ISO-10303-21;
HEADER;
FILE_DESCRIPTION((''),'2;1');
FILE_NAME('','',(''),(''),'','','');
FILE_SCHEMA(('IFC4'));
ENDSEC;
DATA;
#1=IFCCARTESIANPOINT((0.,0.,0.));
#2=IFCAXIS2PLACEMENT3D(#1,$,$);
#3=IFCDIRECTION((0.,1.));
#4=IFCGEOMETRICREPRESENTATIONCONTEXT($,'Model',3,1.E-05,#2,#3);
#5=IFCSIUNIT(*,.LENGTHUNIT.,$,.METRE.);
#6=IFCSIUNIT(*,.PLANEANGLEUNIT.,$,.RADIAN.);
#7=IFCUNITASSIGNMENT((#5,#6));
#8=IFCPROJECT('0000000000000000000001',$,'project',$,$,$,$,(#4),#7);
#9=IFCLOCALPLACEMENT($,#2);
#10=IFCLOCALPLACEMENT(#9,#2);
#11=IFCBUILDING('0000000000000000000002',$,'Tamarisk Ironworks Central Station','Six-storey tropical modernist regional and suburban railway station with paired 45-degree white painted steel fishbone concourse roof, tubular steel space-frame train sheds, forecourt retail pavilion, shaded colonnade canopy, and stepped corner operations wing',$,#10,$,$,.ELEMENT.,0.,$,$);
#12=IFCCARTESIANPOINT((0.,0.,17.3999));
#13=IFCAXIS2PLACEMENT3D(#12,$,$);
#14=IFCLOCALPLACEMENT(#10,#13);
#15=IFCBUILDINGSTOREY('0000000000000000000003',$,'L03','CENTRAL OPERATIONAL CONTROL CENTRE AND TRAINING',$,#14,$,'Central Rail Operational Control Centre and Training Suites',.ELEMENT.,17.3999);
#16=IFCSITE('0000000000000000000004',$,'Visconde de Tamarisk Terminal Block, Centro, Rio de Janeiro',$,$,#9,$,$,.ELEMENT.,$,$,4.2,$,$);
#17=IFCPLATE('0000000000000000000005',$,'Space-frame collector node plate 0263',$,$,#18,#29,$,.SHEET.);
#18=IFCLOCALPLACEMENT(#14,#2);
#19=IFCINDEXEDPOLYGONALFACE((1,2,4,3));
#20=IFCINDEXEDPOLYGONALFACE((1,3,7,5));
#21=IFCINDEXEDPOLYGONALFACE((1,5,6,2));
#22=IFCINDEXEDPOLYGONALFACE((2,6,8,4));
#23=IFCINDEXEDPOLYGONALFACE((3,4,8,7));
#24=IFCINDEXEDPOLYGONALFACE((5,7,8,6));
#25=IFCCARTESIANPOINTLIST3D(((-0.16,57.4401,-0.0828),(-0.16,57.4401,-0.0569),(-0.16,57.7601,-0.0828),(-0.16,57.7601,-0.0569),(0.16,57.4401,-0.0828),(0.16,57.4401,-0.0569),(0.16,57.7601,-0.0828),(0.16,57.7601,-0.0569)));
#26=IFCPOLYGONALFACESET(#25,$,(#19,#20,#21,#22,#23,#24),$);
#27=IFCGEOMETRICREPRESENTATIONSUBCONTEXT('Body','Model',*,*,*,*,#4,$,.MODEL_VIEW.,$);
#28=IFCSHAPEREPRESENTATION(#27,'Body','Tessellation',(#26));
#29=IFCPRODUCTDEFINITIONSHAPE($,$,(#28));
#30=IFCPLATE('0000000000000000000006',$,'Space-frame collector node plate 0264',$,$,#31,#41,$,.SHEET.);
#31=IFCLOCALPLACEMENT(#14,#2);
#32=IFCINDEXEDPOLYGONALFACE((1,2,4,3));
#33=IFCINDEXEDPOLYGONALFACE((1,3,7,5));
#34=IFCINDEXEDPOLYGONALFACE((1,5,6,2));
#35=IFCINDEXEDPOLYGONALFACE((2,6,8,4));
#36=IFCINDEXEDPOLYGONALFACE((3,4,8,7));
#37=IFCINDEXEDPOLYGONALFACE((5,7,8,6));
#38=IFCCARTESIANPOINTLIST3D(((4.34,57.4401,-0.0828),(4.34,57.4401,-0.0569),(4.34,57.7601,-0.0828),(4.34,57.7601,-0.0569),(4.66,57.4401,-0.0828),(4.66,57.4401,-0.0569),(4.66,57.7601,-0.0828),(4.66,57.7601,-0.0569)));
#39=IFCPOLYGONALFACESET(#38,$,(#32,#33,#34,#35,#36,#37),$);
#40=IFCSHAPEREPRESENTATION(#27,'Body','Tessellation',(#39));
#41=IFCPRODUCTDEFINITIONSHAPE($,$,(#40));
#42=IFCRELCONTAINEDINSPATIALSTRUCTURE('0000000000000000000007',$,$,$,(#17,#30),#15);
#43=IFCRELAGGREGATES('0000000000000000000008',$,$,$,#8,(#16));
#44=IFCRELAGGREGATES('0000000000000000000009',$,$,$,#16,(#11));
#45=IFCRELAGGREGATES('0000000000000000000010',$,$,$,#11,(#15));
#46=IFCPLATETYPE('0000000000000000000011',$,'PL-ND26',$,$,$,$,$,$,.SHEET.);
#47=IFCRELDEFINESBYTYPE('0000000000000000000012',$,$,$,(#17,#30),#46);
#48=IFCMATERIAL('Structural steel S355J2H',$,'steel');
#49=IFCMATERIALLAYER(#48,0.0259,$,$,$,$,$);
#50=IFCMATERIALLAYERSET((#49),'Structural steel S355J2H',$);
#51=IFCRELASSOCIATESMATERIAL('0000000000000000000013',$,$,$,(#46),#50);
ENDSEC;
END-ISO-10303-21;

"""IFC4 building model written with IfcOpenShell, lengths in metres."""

from ifc_helpers import new_model, si_unit, direction, frame, origin, origin_2d, place, context, subcontext, project, spatial, rectangle, extrude, material, layer, layer_set, type_object, element, save


model = new_model("IFC4")

# Units and contexts
model_context = context("Model", 3, precision=1e-05, world=origin(), true_north=direction((0.0, 1.0)))
body_context = subcontext(model_context, "Body", "Model", "MODEL_VIEW")
ifc_project = project(units=[si_unit("LENGTHUNIT", "METRE"), si_unit("PLANEANGLEUNIT", "RADIAN")], contexts=[model_context])

# Site, building, storey
site_placement = place(None, origin())
site = spatial("IfcSite", under=ifc_project, at=site_placement, Name="Visconde de Tamarisk Terminal Block, Centro, Rio de Janeiro", CompositionType="ELEMENT", RefElevation=4.2)
building_placement = place(site_placement, origin())
building = spatial("IfcBuilding", under=site, at=building_placement, Name="Tamarisk Ironworks Central Station", Description="Six-storey tropical modernist regional and suburban railway station with paired 45-degree white painted steel fishbone concourse roof, tubular steel space-frame train sheds, forecourt retail pavilion, shaded colonnade canopy, and stepped corner operations wing", CompositionType="ELEMENT", ElevationOfRefHeight=0.0)
storey_placement = place(building_placement, frame((0.0, 0.0, 17.3999)))
storey = spatial("IfcBuildingStorey", under=building, at=storey_placement, Name="L03", Description="CENTRAL OPERATIONAL CONTROL CENTRE AND TRAINING", LongName="Central Rail Operational Control Centre and Training Suites", CompositionType="ELEMENT", Elevation=17.3999)

# Shared definitions
ifc_material_1 = material(Name="Structural steel S355J2H", Category="steel")

# Plates
ifc_layer = layer(ifc_material_1, 0.0259)
ifc_layer_set = layer_set([ifc_layer], Name="Structural steel S355J2H")
plate_type = type_object("IfcPlateType", Name="PL-ND26", PredefinedType="SHEET", material=ifc_layer_set)
for number, where, z_axis, x_axis, name in (
    (1, (0.0, 57.6001, -0.0828), (0.0, 0.0, 1.0), (1.0, 0.0, 0.0), "Space-frame collector node plate 0263"),
    (2, (4.5, 57.6001, -0.0828), (0.0, 0.0, 1.0), (1.0, 0.0, 0.0), "Space-frame collector node plate 0264"),
):
    element("IfcPlate", number, at=place(storey_placement, frame(where, z_axis=z_axis, x_axis=x_axis)), inside=storey, type_object=plate_type, Name=name, PredefinedType="SHEET", context=body_context, shape_type="SweptSolid", body=[
        extrude(rectangle(XDim=0.3201, YDim=0.3201, at=origin_2d()), origin(), (0.0, 0.0, 1.0), 0.0259),
    ])

save(model, "model.ifc")
